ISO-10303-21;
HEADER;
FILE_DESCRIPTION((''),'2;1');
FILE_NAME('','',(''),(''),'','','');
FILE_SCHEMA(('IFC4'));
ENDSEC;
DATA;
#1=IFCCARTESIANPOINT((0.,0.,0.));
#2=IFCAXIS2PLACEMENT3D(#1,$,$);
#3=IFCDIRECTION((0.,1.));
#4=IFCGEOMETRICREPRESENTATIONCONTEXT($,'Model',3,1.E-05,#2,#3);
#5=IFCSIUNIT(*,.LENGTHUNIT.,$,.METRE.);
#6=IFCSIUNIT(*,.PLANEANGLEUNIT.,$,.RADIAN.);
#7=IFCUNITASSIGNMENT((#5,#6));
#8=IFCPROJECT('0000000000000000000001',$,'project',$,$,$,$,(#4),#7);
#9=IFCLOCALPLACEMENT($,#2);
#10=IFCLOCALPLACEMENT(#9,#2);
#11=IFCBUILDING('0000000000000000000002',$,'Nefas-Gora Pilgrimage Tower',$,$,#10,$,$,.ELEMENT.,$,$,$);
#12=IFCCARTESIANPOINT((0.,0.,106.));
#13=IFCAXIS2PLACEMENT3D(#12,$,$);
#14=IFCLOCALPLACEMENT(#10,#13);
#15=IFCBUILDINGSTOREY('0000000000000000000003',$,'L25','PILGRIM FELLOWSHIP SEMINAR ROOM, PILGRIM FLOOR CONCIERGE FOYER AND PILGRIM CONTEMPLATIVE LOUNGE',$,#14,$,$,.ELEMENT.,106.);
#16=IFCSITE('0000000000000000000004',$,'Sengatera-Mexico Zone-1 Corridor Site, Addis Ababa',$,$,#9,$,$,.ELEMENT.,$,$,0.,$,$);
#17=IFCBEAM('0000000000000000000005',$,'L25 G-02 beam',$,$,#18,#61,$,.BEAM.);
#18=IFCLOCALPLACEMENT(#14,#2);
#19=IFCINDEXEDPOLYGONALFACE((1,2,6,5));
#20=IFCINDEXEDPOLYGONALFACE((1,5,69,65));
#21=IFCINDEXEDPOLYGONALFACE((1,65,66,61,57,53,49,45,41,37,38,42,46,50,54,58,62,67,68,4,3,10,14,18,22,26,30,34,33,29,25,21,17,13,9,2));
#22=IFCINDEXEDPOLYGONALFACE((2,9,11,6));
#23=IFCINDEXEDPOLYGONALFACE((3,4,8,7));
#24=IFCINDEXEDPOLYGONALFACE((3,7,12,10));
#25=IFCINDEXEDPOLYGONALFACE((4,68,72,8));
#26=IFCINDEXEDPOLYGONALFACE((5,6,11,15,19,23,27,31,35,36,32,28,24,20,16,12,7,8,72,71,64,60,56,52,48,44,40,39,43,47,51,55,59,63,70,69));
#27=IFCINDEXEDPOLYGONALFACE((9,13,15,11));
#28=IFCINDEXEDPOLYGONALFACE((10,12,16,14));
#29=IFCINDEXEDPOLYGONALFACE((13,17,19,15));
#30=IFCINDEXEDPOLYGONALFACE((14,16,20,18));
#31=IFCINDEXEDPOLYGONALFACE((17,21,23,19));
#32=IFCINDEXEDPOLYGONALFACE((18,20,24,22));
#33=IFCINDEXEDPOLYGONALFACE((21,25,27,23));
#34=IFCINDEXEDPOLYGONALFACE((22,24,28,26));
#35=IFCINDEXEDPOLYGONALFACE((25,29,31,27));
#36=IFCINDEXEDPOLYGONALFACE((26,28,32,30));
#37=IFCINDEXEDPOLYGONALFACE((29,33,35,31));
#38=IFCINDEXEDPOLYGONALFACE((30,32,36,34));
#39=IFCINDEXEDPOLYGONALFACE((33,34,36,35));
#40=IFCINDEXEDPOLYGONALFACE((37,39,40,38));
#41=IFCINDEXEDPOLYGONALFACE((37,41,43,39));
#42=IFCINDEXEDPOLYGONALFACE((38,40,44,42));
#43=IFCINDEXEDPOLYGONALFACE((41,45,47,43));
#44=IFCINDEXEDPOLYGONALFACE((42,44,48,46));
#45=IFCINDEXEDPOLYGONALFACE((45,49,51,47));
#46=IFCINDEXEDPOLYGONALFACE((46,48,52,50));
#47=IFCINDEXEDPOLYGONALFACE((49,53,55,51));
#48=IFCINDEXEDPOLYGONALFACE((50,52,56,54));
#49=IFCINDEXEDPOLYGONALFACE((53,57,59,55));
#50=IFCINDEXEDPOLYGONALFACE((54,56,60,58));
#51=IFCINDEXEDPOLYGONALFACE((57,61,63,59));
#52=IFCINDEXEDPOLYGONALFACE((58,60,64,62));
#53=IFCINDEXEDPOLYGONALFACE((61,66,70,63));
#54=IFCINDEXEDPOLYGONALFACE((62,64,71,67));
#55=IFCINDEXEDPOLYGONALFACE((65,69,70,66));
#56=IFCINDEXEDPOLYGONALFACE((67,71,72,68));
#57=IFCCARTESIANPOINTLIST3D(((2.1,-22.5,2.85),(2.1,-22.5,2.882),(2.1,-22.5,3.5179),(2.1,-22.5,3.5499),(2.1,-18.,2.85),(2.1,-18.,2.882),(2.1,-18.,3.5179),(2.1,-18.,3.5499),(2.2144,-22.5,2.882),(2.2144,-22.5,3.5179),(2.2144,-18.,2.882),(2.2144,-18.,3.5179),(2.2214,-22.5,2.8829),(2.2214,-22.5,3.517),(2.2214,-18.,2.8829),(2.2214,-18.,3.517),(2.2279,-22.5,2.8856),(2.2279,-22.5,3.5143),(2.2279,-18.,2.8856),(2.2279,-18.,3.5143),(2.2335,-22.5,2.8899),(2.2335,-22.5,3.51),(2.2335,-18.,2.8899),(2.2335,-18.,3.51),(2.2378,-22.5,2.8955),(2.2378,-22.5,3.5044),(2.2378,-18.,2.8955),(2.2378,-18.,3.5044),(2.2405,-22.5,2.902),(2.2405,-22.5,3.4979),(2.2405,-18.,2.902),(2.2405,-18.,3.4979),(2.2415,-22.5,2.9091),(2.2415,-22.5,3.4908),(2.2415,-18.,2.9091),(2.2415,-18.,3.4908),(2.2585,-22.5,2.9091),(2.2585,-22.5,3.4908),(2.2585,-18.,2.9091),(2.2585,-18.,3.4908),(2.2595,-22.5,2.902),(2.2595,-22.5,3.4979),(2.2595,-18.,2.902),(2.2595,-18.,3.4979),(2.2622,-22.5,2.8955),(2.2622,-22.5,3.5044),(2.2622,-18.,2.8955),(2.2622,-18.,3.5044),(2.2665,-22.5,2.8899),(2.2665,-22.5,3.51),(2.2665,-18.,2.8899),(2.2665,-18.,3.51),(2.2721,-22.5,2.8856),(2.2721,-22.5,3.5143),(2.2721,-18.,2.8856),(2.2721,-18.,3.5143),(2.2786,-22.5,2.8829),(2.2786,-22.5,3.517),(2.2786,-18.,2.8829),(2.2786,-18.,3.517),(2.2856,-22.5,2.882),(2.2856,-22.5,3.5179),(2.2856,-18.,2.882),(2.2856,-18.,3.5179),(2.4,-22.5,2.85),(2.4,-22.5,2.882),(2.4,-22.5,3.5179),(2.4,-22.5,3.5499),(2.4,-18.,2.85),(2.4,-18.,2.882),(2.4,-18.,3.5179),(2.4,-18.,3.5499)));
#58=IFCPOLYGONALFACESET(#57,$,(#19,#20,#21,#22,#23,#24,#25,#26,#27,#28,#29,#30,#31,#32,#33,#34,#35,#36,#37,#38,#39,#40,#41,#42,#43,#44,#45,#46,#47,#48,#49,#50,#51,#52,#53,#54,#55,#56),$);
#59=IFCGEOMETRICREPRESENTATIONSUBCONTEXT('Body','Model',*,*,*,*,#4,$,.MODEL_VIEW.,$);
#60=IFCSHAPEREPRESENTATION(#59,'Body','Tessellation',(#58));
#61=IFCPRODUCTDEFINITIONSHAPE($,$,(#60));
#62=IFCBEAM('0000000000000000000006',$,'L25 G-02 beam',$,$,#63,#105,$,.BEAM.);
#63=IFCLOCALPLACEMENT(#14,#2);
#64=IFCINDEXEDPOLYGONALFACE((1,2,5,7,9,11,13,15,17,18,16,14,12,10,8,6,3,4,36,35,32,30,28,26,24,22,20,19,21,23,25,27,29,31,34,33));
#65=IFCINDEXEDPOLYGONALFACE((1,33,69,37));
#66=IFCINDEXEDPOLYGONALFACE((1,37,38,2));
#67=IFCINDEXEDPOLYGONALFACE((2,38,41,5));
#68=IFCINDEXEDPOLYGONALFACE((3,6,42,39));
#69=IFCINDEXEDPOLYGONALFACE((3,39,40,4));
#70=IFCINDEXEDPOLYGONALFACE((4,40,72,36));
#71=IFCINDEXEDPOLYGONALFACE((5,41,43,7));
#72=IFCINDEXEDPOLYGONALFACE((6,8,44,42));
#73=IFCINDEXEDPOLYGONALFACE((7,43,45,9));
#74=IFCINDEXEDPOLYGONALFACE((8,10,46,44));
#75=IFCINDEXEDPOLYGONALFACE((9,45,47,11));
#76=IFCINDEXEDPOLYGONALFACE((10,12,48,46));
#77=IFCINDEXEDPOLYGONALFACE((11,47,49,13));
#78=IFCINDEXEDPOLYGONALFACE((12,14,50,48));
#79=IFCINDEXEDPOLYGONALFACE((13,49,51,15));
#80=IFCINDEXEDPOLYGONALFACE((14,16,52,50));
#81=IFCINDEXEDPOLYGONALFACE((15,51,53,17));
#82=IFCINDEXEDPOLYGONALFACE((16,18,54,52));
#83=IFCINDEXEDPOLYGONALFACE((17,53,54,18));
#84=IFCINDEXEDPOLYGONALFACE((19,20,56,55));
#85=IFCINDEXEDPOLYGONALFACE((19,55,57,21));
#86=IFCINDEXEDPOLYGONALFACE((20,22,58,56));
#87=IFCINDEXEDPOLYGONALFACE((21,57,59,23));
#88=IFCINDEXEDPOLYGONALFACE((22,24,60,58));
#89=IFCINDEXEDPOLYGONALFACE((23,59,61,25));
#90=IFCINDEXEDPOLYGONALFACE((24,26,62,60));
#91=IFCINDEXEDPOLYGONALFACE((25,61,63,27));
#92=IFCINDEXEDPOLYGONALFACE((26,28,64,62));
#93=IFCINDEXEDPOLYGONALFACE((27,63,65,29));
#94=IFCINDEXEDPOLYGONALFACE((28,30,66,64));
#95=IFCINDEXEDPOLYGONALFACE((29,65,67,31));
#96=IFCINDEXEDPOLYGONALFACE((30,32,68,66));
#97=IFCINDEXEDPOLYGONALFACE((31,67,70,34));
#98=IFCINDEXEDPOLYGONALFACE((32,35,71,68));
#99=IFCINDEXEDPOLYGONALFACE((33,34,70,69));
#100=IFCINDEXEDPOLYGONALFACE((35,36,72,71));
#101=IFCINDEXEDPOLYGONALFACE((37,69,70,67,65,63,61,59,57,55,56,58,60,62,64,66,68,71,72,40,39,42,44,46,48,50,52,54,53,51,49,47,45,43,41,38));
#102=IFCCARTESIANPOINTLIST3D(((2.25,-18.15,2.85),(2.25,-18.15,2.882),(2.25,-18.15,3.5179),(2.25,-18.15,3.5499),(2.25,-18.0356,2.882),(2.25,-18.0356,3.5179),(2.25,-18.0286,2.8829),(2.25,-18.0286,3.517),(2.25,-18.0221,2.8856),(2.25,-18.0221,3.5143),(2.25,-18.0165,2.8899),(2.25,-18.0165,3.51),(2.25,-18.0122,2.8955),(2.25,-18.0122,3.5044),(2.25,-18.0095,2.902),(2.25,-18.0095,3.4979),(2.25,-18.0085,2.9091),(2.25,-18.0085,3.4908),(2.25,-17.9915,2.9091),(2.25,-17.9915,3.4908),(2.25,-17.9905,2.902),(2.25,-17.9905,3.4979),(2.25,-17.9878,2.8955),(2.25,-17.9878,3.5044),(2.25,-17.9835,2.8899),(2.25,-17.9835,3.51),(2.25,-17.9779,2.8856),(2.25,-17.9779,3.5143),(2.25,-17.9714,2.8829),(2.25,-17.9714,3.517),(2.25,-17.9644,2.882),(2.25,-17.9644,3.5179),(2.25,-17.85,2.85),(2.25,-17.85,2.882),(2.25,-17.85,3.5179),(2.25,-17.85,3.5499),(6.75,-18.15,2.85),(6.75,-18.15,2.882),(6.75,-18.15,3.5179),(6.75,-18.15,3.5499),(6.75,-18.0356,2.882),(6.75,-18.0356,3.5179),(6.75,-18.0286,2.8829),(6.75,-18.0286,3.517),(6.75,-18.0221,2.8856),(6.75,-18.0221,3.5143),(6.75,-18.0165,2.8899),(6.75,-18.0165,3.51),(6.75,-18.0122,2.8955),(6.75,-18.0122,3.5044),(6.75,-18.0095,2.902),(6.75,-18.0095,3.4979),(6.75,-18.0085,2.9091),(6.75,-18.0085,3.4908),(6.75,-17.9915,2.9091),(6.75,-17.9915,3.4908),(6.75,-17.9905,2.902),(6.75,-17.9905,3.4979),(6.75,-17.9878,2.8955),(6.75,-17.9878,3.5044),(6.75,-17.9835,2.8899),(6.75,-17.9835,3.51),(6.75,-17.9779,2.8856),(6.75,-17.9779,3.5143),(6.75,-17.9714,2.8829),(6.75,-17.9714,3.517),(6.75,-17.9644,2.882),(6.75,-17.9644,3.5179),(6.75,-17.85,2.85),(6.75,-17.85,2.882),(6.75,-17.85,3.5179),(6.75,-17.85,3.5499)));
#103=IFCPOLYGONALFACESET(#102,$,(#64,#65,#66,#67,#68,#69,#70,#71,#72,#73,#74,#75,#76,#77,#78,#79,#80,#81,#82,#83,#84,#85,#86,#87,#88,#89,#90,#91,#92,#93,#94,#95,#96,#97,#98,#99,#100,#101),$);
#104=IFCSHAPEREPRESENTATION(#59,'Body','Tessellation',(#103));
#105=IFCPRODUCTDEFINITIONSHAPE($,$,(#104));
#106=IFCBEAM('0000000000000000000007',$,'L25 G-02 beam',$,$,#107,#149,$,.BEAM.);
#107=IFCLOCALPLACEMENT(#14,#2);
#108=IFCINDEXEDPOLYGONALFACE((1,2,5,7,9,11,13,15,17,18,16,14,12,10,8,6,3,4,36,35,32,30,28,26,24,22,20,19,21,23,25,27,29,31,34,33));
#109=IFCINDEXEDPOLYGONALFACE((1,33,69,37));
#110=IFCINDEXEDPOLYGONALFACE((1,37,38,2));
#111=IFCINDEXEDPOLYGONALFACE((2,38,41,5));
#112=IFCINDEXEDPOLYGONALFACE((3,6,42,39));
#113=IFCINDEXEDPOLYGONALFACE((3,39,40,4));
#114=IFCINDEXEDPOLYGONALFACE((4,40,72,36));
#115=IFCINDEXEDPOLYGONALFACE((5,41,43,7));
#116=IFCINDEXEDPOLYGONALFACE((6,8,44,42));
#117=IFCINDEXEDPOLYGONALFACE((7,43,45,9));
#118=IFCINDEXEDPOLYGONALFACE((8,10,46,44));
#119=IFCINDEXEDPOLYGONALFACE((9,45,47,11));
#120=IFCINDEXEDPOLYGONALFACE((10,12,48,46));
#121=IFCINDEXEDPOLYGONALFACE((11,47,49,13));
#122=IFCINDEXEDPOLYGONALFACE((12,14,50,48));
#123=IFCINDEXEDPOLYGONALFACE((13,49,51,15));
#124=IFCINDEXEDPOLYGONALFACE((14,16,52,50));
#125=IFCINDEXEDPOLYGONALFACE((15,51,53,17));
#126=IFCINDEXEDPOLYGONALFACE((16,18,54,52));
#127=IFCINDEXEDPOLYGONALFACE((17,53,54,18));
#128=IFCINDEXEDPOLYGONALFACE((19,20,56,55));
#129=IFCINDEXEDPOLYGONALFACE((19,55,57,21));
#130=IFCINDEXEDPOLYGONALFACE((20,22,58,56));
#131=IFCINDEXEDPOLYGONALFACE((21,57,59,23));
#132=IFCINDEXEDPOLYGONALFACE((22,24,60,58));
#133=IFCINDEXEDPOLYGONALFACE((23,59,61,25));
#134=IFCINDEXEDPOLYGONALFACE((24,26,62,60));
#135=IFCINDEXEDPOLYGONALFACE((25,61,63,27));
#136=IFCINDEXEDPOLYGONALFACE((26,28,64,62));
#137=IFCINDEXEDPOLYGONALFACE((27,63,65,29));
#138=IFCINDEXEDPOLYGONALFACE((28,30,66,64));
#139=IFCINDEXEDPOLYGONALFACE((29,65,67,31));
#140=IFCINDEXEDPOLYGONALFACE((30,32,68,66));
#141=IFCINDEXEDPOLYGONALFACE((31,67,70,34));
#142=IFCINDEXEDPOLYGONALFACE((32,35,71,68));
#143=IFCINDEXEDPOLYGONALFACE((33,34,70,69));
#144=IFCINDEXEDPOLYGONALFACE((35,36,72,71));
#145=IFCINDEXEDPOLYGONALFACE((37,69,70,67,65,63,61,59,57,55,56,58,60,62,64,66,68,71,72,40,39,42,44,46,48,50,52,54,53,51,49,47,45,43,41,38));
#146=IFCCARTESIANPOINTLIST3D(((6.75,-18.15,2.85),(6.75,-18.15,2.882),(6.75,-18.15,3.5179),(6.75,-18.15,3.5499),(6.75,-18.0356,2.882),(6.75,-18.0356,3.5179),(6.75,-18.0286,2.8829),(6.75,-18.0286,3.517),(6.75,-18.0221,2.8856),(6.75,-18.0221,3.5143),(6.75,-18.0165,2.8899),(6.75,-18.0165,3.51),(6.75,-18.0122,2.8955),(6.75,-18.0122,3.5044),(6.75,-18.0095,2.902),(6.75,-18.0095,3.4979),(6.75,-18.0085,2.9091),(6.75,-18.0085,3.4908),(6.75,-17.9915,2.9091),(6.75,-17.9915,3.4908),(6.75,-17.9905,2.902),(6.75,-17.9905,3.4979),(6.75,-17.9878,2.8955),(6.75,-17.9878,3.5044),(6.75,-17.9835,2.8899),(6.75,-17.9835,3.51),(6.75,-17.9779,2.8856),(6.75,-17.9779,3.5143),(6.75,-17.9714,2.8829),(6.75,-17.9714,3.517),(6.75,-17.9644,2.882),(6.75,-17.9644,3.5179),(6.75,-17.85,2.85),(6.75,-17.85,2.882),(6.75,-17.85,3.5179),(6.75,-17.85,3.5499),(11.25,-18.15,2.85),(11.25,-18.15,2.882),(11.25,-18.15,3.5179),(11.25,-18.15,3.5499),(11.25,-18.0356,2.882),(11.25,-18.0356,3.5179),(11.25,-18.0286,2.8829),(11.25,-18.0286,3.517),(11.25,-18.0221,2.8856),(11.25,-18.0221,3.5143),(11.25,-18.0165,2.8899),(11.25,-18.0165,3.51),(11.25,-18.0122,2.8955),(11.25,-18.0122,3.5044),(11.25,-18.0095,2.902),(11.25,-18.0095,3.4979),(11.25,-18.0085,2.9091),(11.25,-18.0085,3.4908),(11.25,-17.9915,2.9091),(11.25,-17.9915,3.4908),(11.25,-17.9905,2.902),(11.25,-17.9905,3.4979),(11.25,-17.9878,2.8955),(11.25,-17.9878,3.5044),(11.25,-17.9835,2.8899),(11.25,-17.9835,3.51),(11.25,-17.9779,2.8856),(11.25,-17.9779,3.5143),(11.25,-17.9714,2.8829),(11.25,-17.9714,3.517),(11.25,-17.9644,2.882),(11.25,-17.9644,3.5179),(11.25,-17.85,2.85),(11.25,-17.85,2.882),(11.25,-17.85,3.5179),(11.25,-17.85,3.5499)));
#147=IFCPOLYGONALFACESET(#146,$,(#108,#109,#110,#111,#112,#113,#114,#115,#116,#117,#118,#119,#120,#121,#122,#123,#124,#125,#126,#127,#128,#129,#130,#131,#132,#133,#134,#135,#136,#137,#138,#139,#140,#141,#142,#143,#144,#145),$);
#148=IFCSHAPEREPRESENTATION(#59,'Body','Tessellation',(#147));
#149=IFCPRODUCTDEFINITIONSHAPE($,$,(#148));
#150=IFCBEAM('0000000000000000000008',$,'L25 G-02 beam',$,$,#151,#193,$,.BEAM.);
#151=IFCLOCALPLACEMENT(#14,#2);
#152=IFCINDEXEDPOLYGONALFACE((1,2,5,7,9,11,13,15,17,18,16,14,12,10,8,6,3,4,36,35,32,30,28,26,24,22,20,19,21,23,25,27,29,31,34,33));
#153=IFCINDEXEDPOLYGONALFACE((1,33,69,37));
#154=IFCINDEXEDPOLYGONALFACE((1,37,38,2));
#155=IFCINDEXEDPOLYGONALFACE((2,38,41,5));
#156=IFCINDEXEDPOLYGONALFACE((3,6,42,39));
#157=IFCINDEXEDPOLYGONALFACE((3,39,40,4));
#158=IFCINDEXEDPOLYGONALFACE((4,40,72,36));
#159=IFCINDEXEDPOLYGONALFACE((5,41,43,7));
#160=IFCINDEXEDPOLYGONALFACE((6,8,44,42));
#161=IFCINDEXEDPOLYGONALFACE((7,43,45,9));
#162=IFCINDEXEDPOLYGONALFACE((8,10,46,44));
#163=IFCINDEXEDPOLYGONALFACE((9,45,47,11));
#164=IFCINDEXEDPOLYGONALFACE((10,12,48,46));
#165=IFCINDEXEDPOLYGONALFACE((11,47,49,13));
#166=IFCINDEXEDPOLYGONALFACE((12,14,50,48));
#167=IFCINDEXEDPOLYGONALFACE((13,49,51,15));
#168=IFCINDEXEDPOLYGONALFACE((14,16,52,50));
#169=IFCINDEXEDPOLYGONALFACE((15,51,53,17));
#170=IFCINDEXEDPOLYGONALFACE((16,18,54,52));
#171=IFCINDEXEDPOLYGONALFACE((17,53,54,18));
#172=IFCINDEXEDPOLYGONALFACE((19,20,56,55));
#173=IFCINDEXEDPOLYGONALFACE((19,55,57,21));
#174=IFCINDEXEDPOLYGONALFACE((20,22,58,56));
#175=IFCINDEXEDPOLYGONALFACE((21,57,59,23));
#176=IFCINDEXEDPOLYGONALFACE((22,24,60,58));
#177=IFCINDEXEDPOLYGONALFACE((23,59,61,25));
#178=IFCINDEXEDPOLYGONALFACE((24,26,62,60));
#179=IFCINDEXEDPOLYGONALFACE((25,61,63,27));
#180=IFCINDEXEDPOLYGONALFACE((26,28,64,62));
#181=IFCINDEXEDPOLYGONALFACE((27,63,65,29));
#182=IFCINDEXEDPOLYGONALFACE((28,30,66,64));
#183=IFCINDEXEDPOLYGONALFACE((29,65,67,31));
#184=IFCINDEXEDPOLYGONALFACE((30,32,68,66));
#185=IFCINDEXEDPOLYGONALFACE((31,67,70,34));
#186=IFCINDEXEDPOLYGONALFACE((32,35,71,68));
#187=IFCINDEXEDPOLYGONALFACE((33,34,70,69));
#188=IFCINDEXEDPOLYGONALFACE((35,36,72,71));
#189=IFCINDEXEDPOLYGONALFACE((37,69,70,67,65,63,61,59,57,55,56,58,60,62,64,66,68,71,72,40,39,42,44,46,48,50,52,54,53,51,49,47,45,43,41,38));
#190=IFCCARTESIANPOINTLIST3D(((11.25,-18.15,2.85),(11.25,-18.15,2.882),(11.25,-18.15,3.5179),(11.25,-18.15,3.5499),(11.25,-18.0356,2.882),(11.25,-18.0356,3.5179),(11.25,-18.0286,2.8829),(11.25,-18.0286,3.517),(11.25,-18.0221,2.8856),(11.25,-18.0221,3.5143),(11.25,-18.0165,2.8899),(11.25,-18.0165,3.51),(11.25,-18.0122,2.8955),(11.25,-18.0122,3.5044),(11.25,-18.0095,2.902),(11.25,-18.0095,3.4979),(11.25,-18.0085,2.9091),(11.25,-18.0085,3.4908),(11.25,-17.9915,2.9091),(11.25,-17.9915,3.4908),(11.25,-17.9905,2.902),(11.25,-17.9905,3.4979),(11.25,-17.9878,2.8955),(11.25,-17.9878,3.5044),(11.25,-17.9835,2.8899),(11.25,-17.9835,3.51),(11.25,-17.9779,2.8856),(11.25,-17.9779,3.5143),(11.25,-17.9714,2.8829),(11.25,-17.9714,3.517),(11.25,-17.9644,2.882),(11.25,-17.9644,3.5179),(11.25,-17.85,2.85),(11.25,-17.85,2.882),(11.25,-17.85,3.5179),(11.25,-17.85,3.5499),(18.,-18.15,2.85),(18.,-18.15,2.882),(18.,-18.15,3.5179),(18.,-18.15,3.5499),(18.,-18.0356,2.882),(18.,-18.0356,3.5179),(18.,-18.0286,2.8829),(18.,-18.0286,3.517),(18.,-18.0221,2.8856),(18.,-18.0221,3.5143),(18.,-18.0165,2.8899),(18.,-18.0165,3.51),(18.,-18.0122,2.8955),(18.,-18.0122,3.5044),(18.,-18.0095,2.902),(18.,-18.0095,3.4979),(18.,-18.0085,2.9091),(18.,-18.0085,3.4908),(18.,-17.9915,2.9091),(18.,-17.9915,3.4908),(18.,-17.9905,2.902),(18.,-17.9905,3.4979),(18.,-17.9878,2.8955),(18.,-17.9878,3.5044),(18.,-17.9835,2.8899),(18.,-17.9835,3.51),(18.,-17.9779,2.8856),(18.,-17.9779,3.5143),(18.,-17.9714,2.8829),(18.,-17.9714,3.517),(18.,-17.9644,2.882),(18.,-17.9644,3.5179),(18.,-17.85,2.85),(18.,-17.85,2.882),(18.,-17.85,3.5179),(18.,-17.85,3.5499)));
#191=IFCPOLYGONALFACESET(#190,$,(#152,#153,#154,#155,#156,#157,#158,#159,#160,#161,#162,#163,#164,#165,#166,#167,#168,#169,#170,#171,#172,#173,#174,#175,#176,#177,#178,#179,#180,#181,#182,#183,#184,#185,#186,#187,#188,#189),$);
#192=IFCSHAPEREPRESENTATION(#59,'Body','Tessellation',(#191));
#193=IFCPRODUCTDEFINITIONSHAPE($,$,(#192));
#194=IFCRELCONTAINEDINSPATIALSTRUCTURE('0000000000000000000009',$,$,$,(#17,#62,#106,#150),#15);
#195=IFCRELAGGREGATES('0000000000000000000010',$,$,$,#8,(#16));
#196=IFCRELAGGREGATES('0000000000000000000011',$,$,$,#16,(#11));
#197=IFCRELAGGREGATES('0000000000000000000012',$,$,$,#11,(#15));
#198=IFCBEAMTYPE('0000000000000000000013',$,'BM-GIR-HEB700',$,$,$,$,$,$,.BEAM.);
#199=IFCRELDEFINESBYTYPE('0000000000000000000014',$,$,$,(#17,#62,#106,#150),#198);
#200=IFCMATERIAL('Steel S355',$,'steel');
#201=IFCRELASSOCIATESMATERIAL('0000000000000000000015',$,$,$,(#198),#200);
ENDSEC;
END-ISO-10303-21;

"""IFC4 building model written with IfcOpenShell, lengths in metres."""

from ifc_helpers import new_model, si_unit, direction, frame, origin, origin_2d, place, context, subcontext, project, spatial, i_section, extrude, source, transform, mapped, material, material_profile, profile_set, type_object, element, save


model = new_model("IFC4")

# Units and contexts
model_context = context("Model", 3, precision=1e-05, world=origin(), true_north=direction((0.0, 1.0)))
body_context = subcontext(model_context, "Body", "Model", "MODEL_VIEW")
ifc_project = project(units=[si_unit("LENGTHUNIT", "METRE"), si_unit("PLANEANGLEUNIT", "RADIAN")], contexts=[model_context])

# Site, building, storey
site_placement = place(None, origin())
site = spatial("IfcSite", under=ifc_project, at=site_placement, Name="Sengatera-Mexico Zone-1 Corridor Site, Addis Ababa", CompositionType="ELEMENT", RefElevation=0.0)
building_placement = place(site_placement, origin())
building = spatial("IfcBuilding", under=site, at=building_placement, Name="Nefas-Gora Pilgrimage Tower", CompositionType="ELEMENT")
storey_placement = place(building_placement, frame((0.0, 0.0, 106.0)))
storey = spatial("IfcBuildingStorey", under=building, at=storey_placement, Name="L25", Description="PILGRIM FELLOWSHIP SEMINAR ROOM, PILGRIM FLOOR CONCIERGE FOYER AND PILGRIM CONTEMPLATIVE LOUNGE", CompositionType="ELEMENT", Elevation=106.0)

# Beams
ifc_material_1 = material(Name="Steel S355", Category="steel")
ifc_material_profile_1 = material_profile(ifc_material_1, i_section(OverallWidth=0.3, OverallDepth=0.7, WebThickness=0.0171, FlangeThickness=0.032, FilletRadius=0.0271, at=origin_2d()), Name="HEB 700")
ifc_profile_set_1 = profile_set([ifc_material_profile_1], Name="Steel S355")
beam_type_1 = type_object("IfcBeamType", Name="BM-GIR-HEB700", PredefinedType="BEAM", material=ifc_profile_set_1)
shared_shape_1 = source(origin(), body_context, "Body", "SweptSolid", [
    extrude(i_section(OverallWidth=0.3, OverallDepth=0.7, WebThickness=0.0171, FlangeThickness=0.032, FilletRadius=0.0271, at=origin_2d()), origin(), (0.0, 0.0, 1.0), 4.5),
])
for number, where, z_axis, x_axis, name in (
    (1, (2.25, -22.5, 3.2), (0.0, 1.0, 0.0), (-1.0, 0.0, 0.0), "L25 G-02 beam"),
    (2, (2.25, -18.0, 3.2), (1.0, 0.0, 0.0), (0.0, 1.0, 0.0), "L25 G-02 beam"),
    (3, (6.75, -18.0, 3.2), (1.0, 0.0, 0.0), (0.0, 1.0, 0.0), "L25 G-02 beam"),
):
    element("IfcBeam", number, at=place(storey_placement, frame(where, z_axis=z_axis, x_axis=x_axis)), inside=storey, type_object=beam_type_1, Name=name, PredefinedType="BEAM", context=body_context, shape_type="MappedRepresentation", body=[
        mapped(shared_shape_1, transform((0.0, 0.0, 0.0), x_axis=(1.0, 0.0, 0.0), y_axis=(0.0, 1.0, 0.0), z_axis=(0.0, 0.0, 1.0), scale=1.0)),
    ])
shared_shape_2 = source(origin(), body_context, "Body", "SweptSolid", [
    extrude(i_section(OverallWidth=0.3, OverallDepth=0.7, WebThickness=0.0171, FlangeThickness=0.032, FilletRadius=0.0271, at=origin_2d()), origin(), (0.0, 0.0, 1.0), 6.75),
])
beam_1_placement = place(storey_placement, frame((11.25, -18.0, 3.2), z_axis=(1.0, 0.0, 0.0), x_axis=(0.0, 1.0, 0.0)))
element("IfcBeam", 4, at=beam_1_placement, inside=storey, type_object=beam_type_1, Name="L25 G-02 beam", PredefinedType="BEAM", context=body_context, shape_type="MappedRepresentation", body=[
    mapped(shared_shape_2, transform((0.0, 0.0, 0.0), x_axis=(1.0, 0.0, 0.0), y_axis=(0.0, 1.0, 0.0), z_axis=(0.0, 0.0, 1.0), scale=1.0)),
])

save(model, "model.ifc")
